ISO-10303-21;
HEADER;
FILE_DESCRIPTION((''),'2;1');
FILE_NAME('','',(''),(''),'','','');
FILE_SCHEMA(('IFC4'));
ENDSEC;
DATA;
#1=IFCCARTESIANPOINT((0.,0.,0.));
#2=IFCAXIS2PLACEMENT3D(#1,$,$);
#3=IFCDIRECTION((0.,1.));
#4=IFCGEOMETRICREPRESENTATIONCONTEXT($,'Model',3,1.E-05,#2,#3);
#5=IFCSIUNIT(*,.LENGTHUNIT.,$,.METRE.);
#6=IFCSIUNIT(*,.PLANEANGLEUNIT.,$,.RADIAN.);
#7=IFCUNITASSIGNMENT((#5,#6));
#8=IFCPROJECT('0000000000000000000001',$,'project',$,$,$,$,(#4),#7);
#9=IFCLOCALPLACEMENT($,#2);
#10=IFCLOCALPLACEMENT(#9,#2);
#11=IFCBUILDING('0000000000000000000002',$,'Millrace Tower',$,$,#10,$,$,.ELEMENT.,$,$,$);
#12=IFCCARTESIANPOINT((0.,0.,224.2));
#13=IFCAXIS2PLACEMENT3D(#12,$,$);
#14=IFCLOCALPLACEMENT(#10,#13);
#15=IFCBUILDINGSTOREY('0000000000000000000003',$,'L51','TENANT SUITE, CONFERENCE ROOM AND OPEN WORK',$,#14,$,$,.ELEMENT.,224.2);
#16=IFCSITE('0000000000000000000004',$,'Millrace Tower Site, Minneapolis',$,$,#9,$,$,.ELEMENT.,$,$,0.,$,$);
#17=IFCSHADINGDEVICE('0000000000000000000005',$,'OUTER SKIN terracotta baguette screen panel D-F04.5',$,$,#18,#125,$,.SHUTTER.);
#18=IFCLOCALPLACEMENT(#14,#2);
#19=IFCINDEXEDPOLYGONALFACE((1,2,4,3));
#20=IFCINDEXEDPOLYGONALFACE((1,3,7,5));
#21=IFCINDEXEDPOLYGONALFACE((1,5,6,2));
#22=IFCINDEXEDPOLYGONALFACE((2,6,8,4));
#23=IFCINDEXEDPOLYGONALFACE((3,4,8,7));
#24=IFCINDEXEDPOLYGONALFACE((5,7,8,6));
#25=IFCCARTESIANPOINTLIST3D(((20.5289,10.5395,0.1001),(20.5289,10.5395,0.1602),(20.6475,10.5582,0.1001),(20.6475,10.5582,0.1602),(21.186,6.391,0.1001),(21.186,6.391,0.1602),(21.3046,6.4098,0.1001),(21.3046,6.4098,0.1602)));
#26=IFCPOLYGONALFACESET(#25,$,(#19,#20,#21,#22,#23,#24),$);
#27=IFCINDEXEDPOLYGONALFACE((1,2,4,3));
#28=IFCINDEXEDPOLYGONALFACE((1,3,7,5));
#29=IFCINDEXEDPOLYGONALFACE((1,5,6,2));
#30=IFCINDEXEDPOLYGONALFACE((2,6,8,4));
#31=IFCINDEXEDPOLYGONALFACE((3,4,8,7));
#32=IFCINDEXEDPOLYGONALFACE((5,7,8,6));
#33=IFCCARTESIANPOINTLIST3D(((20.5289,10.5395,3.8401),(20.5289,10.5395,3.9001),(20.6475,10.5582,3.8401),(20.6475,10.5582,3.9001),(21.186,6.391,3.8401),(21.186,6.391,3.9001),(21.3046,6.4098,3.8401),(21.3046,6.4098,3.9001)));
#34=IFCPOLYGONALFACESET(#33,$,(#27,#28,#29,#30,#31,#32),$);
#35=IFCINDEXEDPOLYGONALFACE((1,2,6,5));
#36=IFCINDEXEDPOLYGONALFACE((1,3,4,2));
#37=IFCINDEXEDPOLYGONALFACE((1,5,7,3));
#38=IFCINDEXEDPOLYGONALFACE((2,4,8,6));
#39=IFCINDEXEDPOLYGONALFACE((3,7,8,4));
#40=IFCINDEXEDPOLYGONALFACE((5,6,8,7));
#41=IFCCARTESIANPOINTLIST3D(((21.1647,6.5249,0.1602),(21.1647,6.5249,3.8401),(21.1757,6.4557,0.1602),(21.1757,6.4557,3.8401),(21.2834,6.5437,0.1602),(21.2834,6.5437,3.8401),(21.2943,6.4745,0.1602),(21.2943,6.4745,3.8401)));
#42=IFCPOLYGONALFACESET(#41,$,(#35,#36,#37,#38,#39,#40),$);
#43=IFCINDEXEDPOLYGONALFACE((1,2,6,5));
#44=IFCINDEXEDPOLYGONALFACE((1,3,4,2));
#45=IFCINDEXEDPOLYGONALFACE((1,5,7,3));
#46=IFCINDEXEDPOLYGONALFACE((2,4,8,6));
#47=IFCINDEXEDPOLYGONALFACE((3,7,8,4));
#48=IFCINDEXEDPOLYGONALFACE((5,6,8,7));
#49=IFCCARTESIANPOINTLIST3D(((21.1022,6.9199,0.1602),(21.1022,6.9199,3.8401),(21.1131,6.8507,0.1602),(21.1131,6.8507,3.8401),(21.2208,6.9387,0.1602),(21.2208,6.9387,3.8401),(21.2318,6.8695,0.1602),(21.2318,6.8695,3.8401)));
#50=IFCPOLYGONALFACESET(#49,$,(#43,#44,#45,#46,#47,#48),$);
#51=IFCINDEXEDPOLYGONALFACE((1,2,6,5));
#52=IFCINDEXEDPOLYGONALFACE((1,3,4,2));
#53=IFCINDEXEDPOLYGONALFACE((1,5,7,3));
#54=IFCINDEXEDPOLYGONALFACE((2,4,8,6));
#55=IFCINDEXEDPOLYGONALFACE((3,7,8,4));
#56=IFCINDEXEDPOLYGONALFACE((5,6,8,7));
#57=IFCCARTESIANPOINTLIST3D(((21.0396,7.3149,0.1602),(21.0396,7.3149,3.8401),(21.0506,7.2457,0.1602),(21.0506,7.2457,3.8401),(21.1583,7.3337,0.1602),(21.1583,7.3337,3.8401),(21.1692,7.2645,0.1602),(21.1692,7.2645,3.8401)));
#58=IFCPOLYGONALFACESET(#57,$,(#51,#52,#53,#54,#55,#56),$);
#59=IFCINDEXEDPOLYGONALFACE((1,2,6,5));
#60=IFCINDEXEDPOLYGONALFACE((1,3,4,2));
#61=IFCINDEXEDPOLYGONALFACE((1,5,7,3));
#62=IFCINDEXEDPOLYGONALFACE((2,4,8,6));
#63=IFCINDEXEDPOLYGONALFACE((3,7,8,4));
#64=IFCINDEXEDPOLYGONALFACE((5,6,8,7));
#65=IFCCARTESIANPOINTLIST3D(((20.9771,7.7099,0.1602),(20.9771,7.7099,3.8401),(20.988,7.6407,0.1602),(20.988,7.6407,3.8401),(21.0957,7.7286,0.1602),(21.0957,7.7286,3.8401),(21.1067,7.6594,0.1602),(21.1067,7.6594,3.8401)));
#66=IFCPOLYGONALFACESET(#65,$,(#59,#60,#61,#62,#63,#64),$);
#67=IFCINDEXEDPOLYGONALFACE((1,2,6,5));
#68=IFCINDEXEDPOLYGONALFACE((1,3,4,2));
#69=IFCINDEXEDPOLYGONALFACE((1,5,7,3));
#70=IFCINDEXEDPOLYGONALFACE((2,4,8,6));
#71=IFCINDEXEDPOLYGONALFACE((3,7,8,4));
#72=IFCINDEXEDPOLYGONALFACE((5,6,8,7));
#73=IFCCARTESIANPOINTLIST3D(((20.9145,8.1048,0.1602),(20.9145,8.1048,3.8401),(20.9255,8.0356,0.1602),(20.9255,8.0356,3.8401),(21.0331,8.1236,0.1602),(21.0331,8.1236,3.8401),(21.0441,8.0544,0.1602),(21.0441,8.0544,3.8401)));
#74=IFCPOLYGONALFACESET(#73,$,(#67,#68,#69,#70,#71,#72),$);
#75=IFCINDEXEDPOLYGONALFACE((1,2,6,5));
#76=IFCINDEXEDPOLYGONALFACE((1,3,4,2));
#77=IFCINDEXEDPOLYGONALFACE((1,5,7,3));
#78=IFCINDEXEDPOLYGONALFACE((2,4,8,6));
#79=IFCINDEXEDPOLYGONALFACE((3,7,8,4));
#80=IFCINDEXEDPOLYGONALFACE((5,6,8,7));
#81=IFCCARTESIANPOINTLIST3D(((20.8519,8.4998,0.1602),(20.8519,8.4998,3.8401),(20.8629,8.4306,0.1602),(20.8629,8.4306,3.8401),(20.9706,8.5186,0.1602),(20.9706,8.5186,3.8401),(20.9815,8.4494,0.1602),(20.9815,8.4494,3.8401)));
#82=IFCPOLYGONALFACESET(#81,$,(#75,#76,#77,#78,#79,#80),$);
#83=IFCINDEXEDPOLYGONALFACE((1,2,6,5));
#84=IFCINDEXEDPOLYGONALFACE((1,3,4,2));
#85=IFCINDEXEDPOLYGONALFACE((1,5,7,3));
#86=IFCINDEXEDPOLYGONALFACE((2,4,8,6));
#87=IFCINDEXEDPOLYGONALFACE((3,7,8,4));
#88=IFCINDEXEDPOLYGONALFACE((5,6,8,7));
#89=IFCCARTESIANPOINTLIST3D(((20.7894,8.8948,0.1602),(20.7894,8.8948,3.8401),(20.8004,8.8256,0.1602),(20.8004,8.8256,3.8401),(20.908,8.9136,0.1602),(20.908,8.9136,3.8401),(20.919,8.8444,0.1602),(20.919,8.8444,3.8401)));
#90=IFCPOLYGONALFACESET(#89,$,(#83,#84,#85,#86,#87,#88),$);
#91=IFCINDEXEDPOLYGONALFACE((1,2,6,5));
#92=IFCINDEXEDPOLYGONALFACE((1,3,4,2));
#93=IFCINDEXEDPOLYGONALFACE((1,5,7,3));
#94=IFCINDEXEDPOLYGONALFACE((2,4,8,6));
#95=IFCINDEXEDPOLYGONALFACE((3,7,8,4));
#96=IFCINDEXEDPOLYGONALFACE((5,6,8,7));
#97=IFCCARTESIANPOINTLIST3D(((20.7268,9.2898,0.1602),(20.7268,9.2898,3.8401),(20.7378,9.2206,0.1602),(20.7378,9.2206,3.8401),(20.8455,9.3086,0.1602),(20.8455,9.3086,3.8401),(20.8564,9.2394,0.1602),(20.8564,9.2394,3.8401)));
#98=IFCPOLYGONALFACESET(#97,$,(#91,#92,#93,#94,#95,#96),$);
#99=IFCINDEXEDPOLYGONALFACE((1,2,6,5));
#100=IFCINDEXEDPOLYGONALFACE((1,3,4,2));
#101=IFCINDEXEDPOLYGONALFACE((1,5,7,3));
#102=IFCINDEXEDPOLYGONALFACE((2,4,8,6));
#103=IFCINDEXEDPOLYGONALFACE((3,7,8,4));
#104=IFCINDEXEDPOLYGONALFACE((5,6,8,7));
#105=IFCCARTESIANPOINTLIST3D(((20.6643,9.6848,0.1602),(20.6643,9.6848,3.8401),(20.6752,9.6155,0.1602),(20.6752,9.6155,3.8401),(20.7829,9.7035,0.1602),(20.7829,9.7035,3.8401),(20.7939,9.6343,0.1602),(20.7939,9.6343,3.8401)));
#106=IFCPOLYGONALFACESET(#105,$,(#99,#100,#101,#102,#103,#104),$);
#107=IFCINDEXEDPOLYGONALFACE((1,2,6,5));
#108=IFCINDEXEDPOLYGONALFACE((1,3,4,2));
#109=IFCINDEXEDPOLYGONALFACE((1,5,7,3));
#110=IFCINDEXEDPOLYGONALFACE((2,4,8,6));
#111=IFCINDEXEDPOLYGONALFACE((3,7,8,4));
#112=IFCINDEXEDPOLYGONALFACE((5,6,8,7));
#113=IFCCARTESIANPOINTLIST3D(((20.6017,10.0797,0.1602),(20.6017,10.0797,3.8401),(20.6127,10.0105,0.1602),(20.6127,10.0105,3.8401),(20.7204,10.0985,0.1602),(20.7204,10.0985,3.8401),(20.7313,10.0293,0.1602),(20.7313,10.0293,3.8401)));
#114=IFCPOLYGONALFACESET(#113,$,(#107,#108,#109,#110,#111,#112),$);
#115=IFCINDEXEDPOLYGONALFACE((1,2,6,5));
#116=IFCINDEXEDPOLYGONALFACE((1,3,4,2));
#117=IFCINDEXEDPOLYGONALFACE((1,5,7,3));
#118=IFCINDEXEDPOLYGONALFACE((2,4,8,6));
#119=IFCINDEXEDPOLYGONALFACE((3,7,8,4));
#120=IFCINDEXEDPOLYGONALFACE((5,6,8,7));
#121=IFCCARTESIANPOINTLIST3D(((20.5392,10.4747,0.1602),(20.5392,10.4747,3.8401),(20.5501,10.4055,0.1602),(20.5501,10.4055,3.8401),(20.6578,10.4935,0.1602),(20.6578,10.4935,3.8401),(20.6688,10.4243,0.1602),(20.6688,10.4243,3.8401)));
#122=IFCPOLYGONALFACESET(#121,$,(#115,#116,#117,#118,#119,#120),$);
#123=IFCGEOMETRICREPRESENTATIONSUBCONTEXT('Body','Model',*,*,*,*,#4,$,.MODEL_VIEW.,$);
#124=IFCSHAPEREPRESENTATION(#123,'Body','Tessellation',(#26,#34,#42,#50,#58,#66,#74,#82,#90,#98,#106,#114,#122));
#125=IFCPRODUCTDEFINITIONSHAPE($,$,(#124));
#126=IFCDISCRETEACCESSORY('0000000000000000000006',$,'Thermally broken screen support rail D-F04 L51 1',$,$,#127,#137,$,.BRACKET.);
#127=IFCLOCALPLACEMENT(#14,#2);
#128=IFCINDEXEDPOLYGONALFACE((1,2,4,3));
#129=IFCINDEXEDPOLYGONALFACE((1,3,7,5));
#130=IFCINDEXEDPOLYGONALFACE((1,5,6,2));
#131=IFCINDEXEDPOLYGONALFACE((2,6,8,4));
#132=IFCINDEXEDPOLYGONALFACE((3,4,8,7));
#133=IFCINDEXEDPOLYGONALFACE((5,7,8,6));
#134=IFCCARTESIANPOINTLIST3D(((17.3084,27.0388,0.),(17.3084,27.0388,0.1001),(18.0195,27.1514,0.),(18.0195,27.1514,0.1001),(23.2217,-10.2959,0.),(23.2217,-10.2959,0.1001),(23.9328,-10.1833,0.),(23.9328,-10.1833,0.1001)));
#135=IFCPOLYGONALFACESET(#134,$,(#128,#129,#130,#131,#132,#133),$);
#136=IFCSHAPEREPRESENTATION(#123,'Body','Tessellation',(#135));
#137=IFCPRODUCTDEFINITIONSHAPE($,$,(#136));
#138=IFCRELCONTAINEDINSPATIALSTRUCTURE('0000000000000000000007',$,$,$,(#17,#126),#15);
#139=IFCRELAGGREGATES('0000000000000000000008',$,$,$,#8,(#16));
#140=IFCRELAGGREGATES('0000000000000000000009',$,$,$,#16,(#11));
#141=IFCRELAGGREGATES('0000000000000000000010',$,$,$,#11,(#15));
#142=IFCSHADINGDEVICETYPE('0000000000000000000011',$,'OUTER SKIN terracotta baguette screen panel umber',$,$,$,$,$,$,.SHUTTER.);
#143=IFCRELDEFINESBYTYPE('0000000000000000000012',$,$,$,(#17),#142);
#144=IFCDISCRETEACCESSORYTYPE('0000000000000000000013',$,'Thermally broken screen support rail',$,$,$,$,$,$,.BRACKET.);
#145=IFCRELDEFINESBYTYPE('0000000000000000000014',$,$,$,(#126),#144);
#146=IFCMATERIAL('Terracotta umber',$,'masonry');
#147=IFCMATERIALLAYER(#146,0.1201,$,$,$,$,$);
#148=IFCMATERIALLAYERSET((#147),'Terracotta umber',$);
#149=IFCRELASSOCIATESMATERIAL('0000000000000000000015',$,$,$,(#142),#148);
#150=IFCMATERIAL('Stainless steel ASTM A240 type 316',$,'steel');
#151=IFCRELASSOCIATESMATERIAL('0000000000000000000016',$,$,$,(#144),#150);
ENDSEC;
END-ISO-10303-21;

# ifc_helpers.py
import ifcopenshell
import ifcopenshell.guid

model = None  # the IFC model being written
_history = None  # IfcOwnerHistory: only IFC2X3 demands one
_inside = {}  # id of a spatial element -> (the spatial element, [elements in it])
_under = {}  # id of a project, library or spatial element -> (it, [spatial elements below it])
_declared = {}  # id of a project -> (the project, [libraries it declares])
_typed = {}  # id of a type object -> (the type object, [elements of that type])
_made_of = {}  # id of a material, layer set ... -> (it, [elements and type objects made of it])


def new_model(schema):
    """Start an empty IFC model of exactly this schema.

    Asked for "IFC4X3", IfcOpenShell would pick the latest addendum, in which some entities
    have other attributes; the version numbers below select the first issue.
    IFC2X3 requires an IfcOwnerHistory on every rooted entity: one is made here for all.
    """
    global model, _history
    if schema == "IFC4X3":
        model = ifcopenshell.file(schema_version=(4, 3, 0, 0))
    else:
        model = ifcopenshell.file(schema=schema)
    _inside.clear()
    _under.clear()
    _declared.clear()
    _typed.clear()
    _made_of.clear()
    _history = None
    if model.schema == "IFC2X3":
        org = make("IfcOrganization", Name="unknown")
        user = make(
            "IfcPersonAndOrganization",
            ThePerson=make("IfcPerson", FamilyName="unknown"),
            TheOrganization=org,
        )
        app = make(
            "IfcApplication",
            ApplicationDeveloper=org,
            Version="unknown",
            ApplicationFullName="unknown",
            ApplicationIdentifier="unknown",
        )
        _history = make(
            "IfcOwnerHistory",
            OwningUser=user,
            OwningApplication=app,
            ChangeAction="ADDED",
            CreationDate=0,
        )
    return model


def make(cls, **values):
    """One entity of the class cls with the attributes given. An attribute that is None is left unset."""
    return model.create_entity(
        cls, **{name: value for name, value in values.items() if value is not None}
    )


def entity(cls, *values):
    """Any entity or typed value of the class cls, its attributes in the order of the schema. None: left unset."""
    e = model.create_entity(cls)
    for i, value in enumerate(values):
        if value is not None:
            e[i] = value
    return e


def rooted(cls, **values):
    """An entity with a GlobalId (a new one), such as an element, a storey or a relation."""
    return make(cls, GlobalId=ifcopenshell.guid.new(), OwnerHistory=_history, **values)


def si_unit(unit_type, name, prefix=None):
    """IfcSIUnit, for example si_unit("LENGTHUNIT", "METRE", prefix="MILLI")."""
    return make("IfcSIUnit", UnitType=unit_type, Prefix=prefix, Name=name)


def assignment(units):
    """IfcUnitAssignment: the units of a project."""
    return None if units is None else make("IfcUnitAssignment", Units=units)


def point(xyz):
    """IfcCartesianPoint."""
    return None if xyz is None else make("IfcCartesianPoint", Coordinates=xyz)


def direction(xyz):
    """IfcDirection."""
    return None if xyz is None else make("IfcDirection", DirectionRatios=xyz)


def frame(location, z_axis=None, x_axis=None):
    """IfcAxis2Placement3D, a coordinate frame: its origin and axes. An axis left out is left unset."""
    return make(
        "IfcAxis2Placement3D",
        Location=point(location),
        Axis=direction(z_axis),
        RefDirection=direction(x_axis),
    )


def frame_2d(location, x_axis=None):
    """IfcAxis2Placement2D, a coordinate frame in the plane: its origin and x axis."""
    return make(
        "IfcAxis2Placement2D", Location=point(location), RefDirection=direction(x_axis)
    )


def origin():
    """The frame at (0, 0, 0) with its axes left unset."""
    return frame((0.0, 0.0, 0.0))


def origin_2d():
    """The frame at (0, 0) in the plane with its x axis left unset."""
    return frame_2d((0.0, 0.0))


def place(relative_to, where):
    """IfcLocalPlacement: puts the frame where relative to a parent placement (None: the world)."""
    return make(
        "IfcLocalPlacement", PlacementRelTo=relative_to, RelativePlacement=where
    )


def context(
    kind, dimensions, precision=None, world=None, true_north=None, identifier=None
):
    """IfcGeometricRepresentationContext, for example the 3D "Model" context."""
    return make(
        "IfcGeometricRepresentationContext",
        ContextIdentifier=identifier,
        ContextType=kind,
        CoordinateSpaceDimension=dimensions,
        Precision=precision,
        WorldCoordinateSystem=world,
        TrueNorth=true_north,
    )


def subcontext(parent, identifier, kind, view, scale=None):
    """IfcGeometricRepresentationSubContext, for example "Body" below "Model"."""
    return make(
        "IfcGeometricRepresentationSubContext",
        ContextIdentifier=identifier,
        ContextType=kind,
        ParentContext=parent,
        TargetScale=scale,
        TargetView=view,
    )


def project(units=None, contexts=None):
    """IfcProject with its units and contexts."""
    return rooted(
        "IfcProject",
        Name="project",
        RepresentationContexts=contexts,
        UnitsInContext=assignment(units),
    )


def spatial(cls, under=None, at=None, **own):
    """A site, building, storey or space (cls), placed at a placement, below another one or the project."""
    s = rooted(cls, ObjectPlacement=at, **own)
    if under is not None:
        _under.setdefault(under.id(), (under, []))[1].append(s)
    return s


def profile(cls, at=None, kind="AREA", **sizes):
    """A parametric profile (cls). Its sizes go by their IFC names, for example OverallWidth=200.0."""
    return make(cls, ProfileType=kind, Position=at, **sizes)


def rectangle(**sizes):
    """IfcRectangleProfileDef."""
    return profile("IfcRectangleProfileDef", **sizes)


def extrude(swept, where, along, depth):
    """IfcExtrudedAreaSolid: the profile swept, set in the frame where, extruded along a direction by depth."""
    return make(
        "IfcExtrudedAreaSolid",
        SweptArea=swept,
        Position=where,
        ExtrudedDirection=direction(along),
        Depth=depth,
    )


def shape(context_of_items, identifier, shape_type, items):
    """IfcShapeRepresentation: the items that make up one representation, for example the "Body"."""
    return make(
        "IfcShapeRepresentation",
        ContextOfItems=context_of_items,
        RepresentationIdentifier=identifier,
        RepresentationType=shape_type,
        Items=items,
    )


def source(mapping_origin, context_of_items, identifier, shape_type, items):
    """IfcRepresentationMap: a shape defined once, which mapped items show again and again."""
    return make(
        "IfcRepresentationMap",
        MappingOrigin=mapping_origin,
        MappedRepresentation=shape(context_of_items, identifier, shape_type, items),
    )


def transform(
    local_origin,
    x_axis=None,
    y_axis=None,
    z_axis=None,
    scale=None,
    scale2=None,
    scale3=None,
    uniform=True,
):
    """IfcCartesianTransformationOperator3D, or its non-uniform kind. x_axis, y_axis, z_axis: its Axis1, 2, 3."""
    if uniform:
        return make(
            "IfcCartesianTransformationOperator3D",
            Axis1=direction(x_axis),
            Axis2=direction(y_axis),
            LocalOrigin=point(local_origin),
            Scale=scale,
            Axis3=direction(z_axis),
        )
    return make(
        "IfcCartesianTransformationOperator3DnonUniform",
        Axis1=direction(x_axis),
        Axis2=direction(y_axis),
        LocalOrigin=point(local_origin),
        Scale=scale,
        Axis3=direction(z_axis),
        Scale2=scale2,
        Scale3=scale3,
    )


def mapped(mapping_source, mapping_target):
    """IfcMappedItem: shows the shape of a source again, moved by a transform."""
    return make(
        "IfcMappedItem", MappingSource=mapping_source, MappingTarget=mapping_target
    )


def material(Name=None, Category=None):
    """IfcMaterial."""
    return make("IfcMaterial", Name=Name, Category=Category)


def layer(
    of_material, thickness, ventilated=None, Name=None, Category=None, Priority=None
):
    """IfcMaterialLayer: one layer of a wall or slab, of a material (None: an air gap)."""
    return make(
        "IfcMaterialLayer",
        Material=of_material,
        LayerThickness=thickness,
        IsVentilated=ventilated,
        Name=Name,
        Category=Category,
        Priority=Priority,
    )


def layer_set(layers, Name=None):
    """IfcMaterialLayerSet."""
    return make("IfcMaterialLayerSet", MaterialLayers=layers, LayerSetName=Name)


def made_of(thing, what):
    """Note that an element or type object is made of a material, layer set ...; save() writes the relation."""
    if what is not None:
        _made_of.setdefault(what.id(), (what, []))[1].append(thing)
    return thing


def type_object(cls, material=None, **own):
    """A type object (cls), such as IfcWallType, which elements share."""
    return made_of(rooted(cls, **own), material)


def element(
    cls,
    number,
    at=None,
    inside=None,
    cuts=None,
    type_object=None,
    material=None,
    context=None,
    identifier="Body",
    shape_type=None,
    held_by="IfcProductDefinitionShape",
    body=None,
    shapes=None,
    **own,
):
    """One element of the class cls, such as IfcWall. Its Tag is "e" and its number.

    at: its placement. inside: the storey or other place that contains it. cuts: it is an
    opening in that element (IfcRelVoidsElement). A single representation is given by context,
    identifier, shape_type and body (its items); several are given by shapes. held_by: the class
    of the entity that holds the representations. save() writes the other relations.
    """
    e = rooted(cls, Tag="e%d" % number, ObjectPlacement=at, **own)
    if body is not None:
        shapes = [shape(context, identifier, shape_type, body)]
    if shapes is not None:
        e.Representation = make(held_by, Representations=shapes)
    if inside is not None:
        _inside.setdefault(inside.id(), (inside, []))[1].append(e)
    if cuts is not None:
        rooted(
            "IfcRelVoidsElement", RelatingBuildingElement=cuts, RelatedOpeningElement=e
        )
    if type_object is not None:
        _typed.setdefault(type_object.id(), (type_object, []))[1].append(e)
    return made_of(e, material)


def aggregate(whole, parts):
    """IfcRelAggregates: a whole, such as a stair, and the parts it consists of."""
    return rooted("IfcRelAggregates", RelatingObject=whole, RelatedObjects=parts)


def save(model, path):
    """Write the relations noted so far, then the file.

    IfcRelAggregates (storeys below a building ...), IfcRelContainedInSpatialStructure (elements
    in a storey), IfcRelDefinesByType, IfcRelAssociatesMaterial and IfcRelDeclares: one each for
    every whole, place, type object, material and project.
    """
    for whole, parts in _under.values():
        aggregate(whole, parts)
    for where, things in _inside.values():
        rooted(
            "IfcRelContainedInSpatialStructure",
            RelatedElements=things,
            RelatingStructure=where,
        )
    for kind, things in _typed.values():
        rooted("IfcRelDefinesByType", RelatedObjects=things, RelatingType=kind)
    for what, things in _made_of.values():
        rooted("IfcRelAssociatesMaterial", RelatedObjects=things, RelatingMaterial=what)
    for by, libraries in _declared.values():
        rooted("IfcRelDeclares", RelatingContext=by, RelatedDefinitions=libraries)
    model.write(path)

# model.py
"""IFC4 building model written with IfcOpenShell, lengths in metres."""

from ifc_helpers import new_model, entity, si_unit, direction, frame, frame_2d, origin, origin_2d, place, context, subcontext, project, spatial, rectangle, extrude, source, transform, mapped, material, layer, layer_set, type_object, element, save


model = new_model("IFC4")

# Units and contexts
model_context = context("Model", 3, precision=1e-05, world=origin(), true_north=direction((0.0, 1.0)))
body_context = subcontext(model_context, "Body", "Model", "MODEL_VIEW")
ifc_project = project(units=[si_unit("LENGTHUNIT", "METRE"), si_unit("PLANEANGLEUNIT", "RADIAN")], contexts=[model_context])

# Site, building, storey
site_placement = place(None, origin())
site = spatial("IfcSite", under=ifc_project, at=site_placement, Name="Millrace Tower Site, Minneapolis", CompositionType="ELEMENT", RefElevation=0.0)
building_placement = place(site_placement, origin())
building = spatial("IfcBuilding", under=site, at=building_placement, Name="Millrace Tower", CompositionType="ELEMENT")
storey_placement = place(building_placement, frame((0.0, 0.0, 224.2)))
storey = spatial("IfcBuildingStorey", under=building, at=storey_placement, Name="L51", Description="TENANT SUITE, CONFERENCE ROOM AND OPEN WORK", CompositionType="ELEMENT", Elevation=224.2)

# Shading device
ifc_material_1 = material(Name="Terracotta umber", Category="masonry")
ifc_layer_1 = layer(ifc_material_1, 0.1201)
ifc_layer_set_1 = layer_set([ifc_layer_1], Name="Terracotta umber")
shading_device_type = type_object("IfcShadingDeviceType", Name="OUTER SKIN terracotta baguette screen panel umber", PredefinedType="SHUTTER", material=ifc_layer_set_1)
cartesian_point = entity("IfcCartesianPoint", [-2.1001, 0.0601])
shared_polyline = entity("IfcPolyline", [cartesian_point, entity("IfcCartesianPoint", [2.1001, 0.0601]), entity("IfcCartesianPoint", [2.1001, -0.0601]), entity("IfcCartesianPoint", [-2.1001, -0.0601]), cartesian_point])
shared_shape = source(origin(), body_context, "Body", "SweptSolid", [
    entity("IfcExtrudedAreaSolid", entity("IfcArbitraryClosedProfileDef", "AREA", None, shared_polyline), entity("IfcAxis2Placement3D", entity("IfcCartesianPoint", [0.0, 0.0, 0.0])), entity("IfcDirection", [0.0, 0.0, 1.0]), 0.0601),
    entity("IfcExtrudedAreaSolid", entity("IfcArbitraryClosedProfileDef", "AREA", None, shared_polyline), entity("IfcAxis2Placement3D", entity("IfcCartesianPoint", [0.0, 0.0, 3.74])), entity("IfcDirection", [0.0, 0.0, 1.0]), 0.0601),
    extrude(rectangle(XDim=0.0701, YDim=0.1201, at=frame_2d((-1.9995, 0.0))), frame((0.0, 0.0, 0.0601)), (0.0, 0.0, 1.0), 3.6799),
    extrude(rectangle(XDim=0.0701, YDim=0.1201, at=frame_2d((-1.5996, 0.0))), frame((0.0, 0.0, 0.0601)), (0.0, 0.0, 1.0), 3.6799),
    extrude(rectangle(XDim=0.0701, YDim=0.1201, at=frame_2d((-1.1997, 0.0))), frame((0.0, 0.0, 0.0601)), (0.0, 0.0, 1.0), 3.6799),
    extrude(rectangle(XDim=0.0701, YDim=0.1201, at=frame_2d((-0.7998, 0.0))), frame((0.0, 0.0, 0.0601)), (0.0, 0.0, 1.0), 3.6799),
    extrude(rectangle(XDim=0.0701, YDim=0.1201, at=frame_2d((-0.3999, 0.0))), frame((0.0, 0.0, 0.0601)), (0.0, 0.0, 1.0), 3.6799),
    extrude(rectangle(XDim=0.0701, YDim=0.1201, at=origin_2d()), frame((0.0, 0.0, 0.0601)), (0.0, 0.0, 1.0), 3.6799),
    extrude(rectangle(XDim=0.0701, YDim=0.1201, at=frame_2d((0.3999, 0.0))), frame((0.0, 0.0, 0.0601)), (0.0, 0.0, 1.0), 3.6799),
    extrude(rectangle(XDim=0.0701, YDim=0.1201, at=frame_2d((0.7998, 0.0))), frame((0.0, 0.0, 0.0601)), (0.0, 0.0, 1.0), 3.6799),
    extrude(rectangle(XDim=0.0701, YDim=0.1201, at=frame_2d((1.1997, 0.0))), frame((0.0, 0.0, 0.0601)), (0.0, 0.0, 1.0), 3.6799),
    extrude(rectangle(XDim=0.0701, YDim=0.1201, at=frame_2d((1.5996, 0.0))), frame((0.0, 0.0, 0.0601)), (0.0, 0.0, 1.0), 3.6799),
    extrude(rectangle(XDim=0.0701, YDim=0.1201, at=frame_2d((1.9995, 0.0))), frame((0.0, 0.0, 0.0601)), (0.0, 0.0, 1.0), 3.6799),
])
for number, where, z_axis, x_axis, name in (
    (1, (20.9167, 8.4746, 0.1001), (0.0, 0.0, 1.0), (-0.156434, 0.987688, 0.0), "OUTER SKIN terracotta baguette screen panel D-F04.5"),
):
    element("IfcShadingDevice", number, at=place(storey_placement, frame(where, z_axis=z_axis, x_axis=x_axis)), inside=storey, type_object=shading_device_type, Name=name, PredefinedType="SHUTTER", context=body_context, shape_type="MappedRepresentation", body=[
        mapped(shared_shape, transform((0.0, 0.0, 0.0), scale=1.0)),
    ])

# Discrete accessory
ifc_material_2 = material(Name="Stainless steel ASTM A240 type 316", Category="steel")
discrete_accessory_type = type_object("IfcDiscreteAccessoryType", Name="Thermally broken screen support rail", PredefinedType="BRACKET", material=ifc_material_2)
discrete_accessory_placement = place(storey_placement, frame((20.6206, 8.4277, 0.0), z_axis=(0.0, 0.0, 1.0), x_axis=(-0.156434, 0.987688, 0.0)))
element("IfcDiscreteAccessory", 2, at=discrete_accessory_placement, inside=storey, type_object=discrete_accessory_type, Name="Thermally broken screen support rail D-F04 L51 1", PredefinedType="BRACKET", context=body_context, shape_type="SweptSolid", body=[
    extrude(rectangle(XDim=37.8, YDim=0.72, at=origin_2d()), origin(), (0.0, 0.0, 1.0), 0.1001),
])

save(model, "model.ifc")
